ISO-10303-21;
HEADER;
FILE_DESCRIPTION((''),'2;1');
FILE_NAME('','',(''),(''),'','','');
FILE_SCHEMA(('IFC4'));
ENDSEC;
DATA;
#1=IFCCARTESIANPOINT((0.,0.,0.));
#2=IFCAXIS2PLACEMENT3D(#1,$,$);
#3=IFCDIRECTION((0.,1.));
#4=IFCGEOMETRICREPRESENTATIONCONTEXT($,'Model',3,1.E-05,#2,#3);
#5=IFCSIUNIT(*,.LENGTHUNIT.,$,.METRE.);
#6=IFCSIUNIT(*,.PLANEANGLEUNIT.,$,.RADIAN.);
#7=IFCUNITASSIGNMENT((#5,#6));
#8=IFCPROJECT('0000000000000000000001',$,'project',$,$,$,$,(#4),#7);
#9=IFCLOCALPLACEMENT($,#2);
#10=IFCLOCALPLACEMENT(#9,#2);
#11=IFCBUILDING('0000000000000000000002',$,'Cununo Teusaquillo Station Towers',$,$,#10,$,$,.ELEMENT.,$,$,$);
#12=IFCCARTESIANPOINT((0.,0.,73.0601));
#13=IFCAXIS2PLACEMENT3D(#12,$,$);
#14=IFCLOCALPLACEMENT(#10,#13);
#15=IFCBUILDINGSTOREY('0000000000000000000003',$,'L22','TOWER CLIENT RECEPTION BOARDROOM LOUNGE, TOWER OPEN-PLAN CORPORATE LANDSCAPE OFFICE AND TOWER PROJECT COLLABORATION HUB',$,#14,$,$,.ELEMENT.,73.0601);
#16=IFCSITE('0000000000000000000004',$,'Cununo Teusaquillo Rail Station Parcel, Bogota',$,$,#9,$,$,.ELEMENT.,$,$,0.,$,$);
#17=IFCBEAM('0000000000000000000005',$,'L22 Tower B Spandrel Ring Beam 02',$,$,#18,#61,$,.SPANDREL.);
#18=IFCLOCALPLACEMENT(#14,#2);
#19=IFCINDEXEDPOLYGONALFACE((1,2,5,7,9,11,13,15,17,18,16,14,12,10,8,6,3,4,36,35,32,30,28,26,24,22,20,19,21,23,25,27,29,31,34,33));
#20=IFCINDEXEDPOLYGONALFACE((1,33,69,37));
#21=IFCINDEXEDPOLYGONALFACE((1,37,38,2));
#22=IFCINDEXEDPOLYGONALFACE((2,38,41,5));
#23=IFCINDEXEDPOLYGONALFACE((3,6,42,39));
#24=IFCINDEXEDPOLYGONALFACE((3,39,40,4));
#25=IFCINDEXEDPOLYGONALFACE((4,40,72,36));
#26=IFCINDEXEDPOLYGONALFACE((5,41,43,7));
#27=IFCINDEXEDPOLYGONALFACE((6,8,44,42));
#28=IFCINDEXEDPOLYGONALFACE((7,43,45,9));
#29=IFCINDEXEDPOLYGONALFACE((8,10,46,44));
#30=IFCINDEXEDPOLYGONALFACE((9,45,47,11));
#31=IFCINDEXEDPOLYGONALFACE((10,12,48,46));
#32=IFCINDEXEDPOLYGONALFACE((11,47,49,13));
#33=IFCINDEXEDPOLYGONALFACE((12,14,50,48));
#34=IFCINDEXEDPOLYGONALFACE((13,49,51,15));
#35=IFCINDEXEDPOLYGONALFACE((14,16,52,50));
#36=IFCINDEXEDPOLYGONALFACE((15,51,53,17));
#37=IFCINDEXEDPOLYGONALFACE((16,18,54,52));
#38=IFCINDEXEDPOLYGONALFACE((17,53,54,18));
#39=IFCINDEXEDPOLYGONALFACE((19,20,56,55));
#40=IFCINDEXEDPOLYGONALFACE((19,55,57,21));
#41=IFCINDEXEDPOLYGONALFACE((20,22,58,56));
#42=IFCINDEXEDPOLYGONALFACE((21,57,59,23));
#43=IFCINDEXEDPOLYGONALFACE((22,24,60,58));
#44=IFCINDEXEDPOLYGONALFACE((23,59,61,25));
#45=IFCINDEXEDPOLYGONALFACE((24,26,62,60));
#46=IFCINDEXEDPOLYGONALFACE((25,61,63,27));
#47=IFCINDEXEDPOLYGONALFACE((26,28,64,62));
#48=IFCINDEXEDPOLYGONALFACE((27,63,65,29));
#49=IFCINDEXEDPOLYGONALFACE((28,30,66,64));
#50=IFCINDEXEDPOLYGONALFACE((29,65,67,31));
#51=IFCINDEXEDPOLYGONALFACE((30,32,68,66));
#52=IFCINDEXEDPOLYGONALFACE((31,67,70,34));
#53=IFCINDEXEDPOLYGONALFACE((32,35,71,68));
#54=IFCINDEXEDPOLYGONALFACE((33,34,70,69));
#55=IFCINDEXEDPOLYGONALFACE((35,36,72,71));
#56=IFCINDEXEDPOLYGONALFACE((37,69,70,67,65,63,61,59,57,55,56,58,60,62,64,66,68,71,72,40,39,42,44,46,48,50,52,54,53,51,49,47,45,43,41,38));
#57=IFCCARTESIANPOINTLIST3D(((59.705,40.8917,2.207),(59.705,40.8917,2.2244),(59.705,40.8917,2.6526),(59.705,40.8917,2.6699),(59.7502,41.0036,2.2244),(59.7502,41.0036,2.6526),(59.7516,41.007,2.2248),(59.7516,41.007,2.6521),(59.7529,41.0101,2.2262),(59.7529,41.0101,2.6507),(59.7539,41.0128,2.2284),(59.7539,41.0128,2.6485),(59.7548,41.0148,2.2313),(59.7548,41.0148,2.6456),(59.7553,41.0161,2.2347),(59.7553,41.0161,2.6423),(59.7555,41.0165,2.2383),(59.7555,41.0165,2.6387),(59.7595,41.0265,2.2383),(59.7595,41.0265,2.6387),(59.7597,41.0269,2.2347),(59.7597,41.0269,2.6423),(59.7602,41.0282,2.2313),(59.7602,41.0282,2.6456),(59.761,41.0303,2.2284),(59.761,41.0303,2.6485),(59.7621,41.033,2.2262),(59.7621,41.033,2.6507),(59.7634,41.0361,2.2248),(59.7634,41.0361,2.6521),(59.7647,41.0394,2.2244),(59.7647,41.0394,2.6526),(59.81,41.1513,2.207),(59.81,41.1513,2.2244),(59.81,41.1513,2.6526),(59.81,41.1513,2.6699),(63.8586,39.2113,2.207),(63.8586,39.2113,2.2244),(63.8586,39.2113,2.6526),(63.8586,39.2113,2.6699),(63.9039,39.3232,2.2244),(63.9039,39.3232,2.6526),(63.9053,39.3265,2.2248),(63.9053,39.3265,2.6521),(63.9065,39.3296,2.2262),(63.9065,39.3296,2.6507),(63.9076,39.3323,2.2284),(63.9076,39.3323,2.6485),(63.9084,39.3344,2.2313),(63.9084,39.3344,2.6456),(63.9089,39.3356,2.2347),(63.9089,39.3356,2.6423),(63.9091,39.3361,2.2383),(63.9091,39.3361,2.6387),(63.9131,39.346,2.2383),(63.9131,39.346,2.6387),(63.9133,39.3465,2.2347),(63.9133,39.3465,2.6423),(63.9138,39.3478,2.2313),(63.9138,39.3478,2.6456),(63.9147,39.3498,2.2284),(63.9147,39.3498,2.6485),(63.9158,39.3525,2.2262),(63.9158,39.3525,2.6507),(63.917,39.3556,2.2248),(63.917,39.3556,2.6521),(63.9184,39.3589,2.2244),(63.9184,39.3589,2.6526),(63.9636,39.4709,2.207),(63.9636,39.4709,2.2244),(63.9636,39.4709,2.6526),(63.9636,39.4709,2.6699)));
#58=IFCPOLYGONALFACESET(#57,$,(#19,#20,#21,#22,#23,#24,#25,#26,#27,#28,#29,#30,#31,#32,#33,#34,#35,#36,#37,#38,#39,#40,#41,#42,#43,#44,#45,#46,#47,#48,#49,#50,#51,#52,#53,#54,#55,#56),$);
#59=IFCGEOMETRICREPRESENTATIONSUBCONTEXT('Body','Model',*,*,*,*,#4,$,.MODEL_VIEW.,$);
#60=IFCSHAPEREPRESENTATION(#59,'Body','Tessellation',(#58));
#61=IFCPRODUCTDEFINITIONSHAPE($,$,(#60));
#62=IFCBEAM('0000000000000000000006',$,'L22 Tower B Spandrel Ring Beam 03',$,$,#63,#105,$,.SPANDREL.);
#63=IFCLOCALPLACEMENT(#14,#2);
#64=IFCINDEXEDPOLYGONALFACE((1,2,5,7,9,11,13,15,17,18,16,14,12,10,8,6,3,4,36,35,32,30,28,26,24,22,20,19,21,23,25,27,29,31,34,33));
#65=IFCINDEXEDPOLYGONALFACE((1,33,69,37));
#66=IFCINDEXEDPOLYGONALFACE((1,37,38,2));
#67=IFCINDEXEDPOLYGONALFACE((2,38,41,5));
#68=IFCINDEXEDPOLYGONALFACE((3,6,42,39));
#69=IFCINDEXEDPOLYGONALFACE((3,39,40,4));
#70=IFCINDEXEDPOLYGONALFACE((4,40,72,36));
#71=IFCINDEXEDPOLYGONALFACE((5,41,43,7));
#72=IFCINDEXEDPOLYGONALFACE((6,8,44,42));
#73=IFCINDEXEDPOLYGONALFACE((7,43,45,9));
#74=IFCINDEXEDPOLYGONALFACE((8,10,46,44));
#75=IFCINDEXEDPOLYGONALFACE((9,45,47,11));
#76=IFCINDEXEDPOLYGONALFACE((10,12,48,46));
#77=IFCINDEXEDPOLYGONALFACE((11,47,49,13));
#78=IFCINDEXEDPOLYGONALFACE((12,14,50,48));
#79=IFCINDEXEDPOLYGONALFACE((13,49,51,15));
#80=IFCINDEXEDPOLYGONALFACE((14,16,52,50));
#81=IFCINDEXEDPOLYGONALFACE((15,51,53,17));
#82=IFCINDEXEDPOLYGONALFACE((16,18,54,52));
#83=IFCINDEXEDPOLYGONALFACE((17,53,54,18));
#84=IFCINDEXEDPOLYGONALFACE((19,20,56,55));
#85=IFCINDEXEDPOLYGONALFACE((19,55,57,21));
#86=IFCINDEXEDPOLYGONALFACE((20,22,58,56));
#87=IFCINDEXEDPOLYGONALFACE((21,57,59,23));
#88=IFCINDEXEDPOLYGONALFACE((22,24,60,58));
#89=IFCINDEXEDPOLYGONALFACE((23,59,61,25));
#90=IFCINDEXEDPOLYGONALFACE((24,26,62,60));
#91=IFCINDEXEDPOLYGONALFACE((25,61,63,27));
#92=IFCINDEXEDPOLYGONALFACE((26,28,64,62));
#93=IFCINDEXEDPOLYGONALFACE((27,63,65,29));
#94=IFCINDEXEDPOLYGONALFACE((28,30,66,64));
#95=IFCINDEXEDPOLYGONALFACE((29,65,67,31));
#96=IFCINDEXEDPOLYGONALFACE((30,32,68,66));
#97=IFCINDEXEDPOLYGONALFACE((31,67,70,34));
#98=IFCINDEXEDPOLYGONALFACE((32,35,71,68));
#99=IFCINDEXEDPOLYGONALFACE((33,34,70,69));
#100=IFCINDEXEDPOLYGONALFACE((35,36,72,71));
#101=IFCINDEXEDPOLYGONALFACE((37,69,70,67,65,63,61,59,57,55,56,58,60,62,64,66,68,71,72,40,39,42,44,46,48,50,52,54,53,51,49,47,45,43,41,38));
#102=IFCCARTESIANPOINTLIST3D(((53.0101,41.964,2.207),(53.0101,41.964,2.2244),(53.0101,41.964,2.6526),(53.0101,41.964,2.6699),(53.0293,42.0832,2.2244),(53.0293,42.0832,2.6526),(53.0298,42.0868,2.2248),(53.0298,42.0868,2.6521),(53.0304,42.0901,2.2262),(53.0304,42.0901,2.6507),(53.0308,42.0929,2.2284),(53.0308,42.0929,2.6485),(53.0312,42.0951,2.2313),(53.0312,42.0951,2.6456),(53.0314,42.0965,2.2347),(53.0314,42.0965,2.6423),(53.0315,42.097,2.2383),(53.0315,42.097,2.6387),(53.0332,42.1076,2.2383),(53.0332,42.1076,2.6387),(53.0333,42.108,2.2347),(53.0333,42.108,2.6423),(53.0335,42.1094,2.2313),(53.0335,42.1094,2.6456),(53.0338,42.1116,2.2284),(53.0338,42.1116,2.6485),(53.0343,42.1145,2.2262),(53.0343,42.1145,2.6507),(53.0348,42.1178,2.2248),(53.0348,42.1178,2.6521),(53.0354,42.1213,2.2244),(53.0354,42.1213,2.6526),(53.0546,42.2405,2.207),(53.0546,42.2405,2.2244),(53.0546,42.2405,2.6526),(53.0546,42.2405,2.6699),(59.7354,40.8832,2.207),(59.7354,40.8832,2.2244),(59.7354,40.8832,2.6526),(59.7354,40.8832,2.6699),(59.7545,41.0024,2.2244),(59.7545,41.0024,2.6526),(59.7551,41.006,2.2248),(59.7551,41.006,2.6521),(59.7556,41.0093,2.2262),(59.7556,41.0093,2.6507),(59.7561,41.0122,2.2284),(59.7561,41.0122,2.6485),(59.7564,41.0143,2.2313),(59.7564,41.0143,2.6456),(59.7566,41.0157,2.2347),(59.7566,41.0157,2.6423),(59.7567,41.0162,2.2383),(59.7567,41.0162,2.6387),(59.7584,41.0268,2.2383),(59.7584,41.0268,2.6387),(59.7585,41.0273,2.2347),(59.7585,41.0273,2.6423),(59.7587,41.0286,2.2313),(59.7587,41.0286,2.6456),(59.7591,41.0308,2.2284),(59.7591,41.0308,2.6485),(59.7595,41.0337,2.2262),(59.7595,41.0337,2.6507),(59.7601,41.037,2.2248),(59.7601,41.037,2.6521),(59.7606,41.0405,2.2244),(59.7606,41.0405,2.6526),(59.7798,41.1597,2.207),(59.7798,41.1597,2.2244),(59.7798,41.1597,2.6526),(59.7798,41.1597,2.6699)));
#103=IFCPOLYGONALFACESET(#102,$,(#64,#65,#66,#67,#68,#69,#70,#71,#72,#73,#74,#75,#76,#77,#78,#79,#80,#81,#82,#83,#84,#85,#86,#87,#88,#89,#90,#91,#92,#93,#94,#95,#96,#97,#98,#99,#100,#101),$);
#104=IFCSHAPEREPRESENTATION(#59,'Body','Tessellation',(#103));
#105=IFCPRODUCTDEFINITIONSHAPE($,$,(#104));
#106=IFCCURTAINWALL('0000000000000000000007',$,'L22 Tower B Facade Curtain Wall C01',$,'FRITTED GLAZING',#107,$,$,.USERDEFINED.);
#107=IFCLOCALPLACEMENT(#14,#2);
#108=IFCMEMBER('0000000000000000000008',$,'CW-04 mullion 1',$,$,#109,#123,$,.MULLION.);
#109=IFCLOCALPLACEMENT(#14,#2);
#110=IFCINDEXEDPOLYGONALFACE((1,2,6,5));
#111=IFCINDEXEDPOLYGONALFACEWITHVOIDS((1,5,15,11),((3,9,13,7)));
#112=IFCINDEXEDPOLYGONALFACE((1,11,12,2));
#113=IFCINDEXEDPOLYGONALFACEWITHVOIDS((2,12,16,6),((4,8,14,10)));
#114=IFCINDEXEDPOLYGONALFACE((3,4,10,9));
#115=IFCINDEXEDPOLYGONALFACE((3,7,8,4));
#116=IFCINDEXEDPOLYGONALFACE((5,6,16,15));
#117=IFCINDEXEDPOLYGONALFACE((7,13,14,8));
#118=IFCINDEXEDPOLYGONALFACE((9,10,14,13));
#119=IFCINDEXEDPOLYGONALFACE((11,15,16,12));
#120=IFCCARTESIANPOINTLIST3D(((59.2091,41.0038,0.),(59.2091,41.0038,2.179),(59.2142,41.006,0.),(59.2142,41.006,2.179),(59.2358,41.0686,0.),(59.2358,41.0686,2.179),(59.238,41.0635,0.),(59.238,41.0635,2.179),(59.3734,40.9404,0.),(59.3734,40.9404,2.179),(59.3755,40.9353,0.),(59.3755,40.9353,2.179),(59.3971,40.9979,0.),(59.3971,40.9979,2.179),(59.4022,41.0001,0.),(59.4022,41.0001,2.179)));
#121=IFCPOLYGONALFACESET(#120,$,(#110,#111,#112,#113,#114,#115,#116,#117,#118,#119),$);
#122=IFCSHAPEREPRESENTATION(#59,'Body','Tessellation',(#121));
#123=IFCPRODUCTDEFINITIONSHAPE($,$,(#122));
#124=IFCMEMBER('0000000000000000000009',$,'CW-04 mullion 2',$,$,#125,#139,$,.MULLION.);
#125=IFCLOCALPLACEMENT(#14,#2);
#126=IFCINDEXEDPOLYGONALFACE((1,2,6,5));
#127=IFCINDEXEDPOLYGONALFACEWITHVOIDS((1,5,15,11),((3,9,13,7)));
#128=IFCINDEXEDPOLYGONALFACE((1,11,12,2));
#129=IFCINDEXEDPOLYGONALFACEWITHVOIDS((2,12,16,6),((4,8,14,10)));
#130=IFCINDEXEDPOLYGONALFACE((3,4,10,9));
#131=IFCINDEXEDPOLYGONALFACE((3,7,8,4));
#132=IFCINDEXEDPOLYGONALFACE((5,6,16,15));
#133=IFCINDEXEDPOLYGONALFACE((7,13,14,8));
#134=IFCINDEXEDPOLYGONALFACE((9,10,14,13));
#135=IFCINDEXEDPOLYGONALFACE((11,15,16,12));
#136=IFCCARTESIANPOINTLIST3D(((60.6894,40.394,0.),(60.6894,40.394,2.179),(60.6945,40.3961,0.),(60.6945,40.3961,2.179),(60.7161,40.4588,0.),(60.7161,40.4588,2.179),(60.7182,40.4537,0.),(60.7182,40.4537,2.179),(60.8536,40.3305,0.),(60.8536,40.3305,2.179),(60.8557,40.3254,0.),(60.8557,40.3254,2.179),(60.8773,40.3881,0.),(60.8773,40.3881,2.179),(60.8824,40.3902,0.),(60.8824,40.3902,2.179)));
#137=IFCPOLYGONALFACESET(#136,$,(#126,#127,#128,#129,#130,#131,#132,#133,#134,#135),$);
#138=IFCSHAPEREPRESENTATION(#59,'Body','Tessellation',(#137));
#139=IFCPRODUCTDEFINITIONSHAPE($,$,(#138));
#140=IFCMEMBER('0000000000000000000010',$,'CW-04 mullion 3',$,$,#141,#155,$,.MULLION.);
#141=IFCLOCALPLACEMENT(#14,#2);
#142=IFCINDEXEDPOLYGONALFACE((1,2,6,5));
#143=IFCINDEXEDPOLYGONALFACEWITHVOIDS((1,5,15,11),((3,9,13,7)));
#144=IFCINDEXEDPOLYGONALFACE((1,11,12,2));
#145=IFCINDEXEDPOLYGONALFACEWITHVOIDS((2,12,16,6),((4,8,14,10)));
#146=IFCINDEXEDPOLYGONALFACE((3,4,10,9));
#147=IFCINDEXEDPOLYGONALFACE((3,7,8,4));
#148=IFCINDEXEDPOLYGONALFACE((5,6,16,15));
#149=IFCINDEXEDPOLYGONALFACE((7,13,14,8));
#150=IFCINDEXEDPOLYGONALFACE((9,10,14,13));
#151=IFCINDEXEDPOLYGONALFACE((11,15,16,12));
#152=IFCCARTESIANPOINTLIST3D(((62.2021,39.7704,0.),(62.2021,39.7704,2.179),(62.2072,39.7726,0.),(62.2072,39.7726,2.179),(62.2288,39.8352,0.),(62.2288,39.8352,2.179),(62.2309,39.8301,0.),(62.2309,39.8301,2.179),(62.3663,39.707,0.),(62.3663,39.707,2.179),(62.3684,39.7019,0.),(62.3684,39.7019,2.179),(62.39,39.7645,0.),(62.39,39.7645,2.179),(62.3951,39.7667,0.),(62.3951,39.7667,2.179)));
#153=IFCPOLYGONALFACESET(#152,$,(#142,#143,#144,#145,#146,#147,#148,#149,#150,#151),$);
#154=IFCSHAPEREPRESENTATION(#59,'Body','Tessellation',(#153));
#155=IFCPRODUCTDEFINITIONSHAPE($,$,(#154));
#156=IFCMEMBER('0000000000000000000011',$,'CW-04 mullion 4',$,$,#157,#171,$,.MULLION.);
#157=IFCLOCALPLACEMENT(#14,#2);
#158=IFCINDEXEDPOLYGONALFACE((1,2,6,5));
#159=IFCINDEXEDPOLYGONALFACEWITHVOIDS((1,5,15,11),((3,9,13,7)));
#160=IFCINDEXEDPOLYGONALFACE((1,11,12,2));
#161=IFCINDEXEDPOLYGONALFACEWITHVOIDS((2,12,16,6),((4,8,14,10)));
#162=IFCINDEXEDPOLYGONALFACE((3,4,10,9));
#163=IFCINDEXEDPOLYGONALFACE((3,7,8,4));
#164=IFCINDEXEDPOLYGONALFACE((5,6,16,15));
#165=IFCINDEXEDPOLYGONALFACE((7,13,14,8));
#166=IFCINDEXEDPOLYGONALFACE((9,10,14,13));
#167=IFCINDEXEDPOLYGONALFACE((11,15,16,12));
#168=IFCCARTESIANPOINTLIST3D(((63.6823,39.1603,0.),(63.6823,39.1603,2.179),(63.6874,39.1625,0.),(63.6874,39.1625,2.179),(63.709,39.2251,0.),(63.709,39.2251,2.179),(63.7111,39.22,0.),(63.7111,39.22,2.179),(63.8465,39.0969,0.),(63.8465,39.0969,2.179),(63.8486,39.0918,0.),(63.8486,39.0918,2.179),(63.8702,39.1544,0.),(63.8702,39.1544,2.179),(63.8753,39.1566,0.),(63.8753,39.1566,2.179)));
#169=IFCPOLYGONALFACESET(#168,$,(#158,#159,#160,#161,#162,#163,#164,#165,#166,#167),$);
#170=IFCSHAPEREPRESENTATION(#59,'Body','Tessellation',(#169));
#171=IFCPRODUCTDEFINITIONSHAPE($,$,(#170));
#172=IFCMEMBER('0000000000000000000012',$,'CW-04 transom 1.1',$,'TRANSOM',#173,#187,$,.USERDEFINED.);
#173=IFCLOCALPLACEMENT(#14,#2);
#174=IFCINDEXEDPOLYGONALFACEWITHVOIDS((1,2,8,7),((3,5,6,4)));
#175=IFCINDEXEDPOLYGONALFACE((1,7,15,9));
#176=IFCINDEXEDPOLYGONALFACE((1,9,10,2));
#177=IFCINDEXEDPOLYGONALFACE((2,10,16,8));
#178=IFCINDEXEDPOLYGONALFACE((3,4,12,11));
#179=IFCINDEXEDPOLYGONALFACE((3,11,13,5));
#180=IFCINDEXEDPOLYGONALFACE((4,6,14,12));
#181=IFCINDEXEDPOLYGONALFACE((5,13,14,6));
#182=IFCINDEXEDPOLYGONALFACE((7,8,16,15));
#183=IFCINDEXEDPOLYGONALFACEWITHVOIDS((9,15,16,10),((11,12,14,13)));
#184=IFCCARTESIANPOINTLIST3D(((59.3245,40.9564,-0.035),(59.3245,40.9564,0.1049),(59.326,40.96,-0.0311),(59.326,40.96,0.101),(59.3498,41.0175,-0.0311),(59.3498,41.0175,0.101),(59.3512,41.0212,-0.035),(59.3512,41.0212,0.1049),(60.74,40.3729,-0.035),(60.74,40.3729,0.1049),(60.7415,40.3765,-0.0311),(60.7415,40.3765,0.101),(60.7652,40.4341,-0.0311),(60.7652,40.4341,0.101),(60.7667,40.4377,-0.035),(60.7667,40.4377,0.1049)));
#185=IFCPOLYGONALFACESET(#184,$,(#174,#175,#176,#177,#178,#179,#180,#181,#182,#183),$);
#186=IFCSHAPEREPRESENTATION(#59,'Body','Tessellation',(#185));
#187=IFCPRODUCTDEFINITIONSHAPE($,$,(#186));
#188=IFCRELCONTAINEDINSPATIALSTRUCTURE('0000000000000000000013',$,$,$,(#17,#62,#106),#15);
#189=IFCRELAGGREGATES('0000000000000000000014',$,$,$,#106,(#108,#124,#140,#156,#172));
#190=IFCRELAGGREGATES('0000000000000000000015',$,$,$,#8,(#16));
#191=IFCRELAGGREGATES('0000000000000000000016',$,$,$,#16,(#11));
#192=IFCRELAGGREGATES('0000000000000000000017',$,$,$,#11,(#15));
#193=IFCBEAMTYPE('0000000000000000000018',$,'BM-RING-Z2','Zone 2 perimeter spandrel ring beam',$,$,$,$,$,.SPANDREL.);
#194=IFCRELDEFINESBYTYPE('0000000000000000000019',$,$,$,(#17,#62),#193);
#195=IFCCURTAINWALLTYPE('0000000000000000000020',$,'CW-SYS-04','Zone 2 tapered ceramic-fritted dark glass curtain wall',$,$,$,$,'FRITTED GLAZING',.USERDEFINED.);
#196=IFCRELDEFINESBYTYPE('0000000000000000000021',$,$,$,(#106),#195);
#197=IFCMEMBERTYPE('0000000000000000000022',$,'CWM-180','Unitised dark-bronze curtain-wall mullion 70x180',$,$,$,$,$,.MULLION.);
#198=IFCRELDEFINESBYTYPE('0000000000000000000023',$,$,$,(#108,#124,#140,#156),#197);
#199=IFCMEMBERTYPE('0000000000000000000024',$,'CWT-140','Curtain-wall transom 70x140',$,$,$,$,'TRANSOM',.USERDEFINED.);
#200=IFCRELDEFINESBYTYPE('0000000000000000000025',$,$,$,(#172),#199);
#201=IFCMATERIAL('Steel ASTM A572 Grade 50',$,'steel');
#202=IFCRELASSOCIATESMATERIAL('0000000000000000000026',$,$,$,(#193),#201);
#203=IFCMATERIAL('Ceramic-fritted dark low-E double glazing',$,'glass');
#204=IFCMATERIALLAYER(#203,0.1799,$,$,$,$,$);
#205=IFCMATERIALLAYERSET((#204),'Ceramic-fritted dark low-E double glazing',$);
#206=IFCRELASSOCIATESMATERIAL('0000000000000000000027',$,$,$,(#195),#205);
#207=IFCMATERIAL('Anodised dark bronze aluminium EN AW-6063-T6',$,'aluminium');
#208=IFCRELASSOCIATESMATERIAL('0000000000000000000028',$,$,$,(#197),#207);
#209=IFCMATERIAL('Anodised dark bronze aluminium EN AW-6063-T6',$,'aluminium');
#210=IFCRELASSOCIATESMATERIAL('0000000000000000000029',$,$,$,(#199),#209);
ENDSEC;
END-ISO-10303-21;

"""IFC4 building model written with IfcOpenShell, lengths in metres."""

from ifc_helpers import new_model, si_unit, direction, frame, origin, origin_2d, place, context, subcontext, project, spatial, hollow_rectangle, i_section, extrude, material, layer, layer_set, material_profile, profile_set, type_object, element, aggregate, save


model = new_model("IFC4")

# Units and contexts
model_context = context("Model", 3, precision=1e-05, world=origin(), true_north=direction((0.0, 1.0)))
body_context = subcontext(model_context, "Body", "Model", "MODEL_VIEW")
ifc_project = project(units=[si_unit("LENGTHUNIT", "METRE"), si_unit("PLANEANGLEUNIT", "RADIAN")], contexts=[model_context])

# Site, building, storey
site_placement = place(None, origin())
site = spatial("IfcSite", under=ifc_project, at=site_placement, Name="Cununo Teusaquillo Rail Station Parcel, Bogota", CompositionType="ELEMENT", RefElevation=0.0)
building_placement = place(site_placement, origin())
building = spatial("IfcBuilding", under=site, at=building_placement, Name="Cununo Teusaquillo Station Towers", CompositionType="ELEMENT")
storey_placement = place(building_placement, frame((0.0, 0.0, 73.0601)))
storey = spatial("IfcBuildingStorey", under=building, at=storey_placement, Name="L22", Description="TOWER CLIENT RECEPTION BOARDROOM LOUNGE, TOWER OPEN-PLAN CORPORATE LANDSCAPE OFFICE AND TOWER PROJECT COLLABORATION HUB", CompositionType="ELEMENT", Elevation=73.0601)

# Beams
ifc_material_1 = material(Name="Steel ASTM A572 Grade 50", Category="steel")
ifc_material_profile_1 = material_profile(ifc_material_1, i_section(OverallWidth=0.28, OverallDepth=0.4629, WebThickness=0.0107, FlangeThickness=0.0173, FilletRadius=0.0139, at=origin_2d()), Name="W18X76")
ifc_profile_set_1 = profile_set([ifc_material_profile_1], Name="Steel ASTM A572 Grade 50")
beam_type = type_object("IfcBeamType", Name="BM-RING-Z2", Description="Zone 2 perimeter spandrel ring beam", PredefinedType="SPANDREL", material=ifc_profile_set_1)
beam_1_placement = place(storey_placement, frame((63.9111, 39.3411, 2.4385), z_axis=(-0.927008, 0.375042, 0.0), x_axis=(-0.375042, -0.927008, 0.0)))
element("IfcBeam", 1, at=beam_1_placement, inside=storey, type_object=beam_type, Name="L22 Tower B Spandrel Ring Beam 02", PredefinedType="SPANDREL", context=body_context, shape_type="SweptSolid", body=[
    extrude(i_section(OverallWidth=0.28, OverallDepth=0.4629, WebThickness=0.0107, FlangeThickness=0.0173, FilletRadius=0.0139, at=origin_2d()), origin(), (0.0, 0.0, 1.0), 4.4807),
])
beam_2_placement = place(storey_placement, frame((59.7576, 41.0215, 2.4385), z_axis=(-0.987331, 0.158671, 0.0), x_axis=(-0.158671, -0.987331, 0.0)))
element("IfcBeam", 2, at=beam_2_placement, inside=storey, type_object=beam_type, Name="L22 Tower B Spandrel Ring Beam 03", PredefinedType="SPANDREL", context=body_context, shape_type="SweptSolid", body=[
    extrude(i_section(OverallWidth=0.28, OverallDepth=0.4629, WebThickness=0.0107, FlangeThickness=0.0173, FilletRadius=0.0139, at=origin_2d()), origin(), (0.0, 0.0, 1.0), 6.8115),
])

# Curtain wall, members
ifc_material_2 = material(Name="Ceramic-fritted dark low-E double glazing", Category="glass")
ifc_layer_1 = layer(ifc_material_2, 0.1799)
ifc_layer_set_1 = layer_set([ifc_layer_1], Name="Ceramic-fritted dark low-E double glazing")
curtain_wall_type = type_object("IfcCurtainWallType", Name="CW-SYS-04", Description="Zone 2 tapered ceramic-fritted dark glass curtain wall", ElementType="FRITTED GLAZING", PredefinedType="USERDEFINED", material=ifc_layer_set_1)
curtain_wall_placement = place(storey_placement, origin())
curtain_wall = element("IfcCurtainWall", 3, at=curtain_wall_placement, inside=storey, type_object=curtain_wall_type, Name="L22 Tower B Facade Curtain Wall C01", ObjectType="FRITTED GLAZING", PredefinedType="USERDEFINED")
ifc_material_3 = material(Name="Anodised dark bronze aluminium EN AW-6063-T6", Category="aluminium")
ifc_material_profile_2 = material_profile(ifc_material_3, hollow_rectangle(XDim=0.0701, YDim=0.1799, WallThickness=0.0039, at=origin_2d()), Name="CW-MULL-70x180")
ifc_profile_set_2 = profile_set([ifc_material_profile_2], Name="Anodised dark bronze aluminium EN AW-6063-T6")
member_type_1 = type_object("IfcMemberType", Name="CWM-180", Description="Unitised dark-bronze curtain-wall mullion 70x180", PredefinedType="MULLION", material=ifc_profile_set_2)
member_1_placement = place(storey_placement, frame((59.3057, 41.002, 0.0), z_axis=(0.0, 0.0, 1.0), x_axis=(0.381031, 0.924562, 0.0)))
member_1 = element("IfcMember", 4, at=member_1_placement, type_object=member_type_1, Name="CW-04 mullion 1", PredefinedType="MULLION", context=body_context, shape_type="SweptSolid", body=[
    extrude(hollow_rectangle(XDim=0.0701, YDim=0.1799, WallThickness=0.0039, at=origin_2d()), origin(), (0.0, 0.0, 1.0), 2.179),
])
member_2_placement = place(storey_placement, frame((60.7859, 40.3921, 0.0), z_axis=(0.0, 0.0, 1.0), x_axis=(0.381031, 0.924562, 0.0)))
member_2 = element("IfcMember", 5, at=member_2_placement, type_object=member_type_1, Name="CW-04 mullion 2", PredefinedType="MULLION", context=body_context, shape_type="SweptSolid", body=[
    extrude(hollow_rectangle(XDim=0.0701, YDim=0.1799, WallThickness=0.0039, at=origin_2d()), origin(), (0.0, 0.0, 1.0), 2.179),
])
member_3_placement = place(storey_placement, frame((62.2986, 39.7686, 0.0), z_axis=(0.0, 0.0, 1.0), x_axis=(0.381031, 0.924562, 0.0)))
member_3 = element("IfcMember", 6, at=member_3_placement, type_object=member_type_1, Name="CW-04 mullion 3", PredefinedType="MULLION", context=body_context, shape_type="SweptSolid", body=[
    extrude(hollow_rectangle(XDim=0.0701, YDim=0.1799, WallThickness=0.0039, at=origin_2d()), origin(), (0.0, 0.0, 1.0), 2.179),
])
member_4_placement = place(storey_placement, frame((63.7788, 39.1584, 0.0), z_axis=(0.0, 0.0, 1.0), x_axis=(0.381031, 0.924562, 0.0)))
member_4 = element("IfcMember", 7, at=member_4_placement, type_object=member_type_1, Name="CW-04 mullion 4", PredefinedType="MULLION", context=body_context, shape_type="SweptSolid", body=[
    extrude(hollow_rectangle(XDim=0.0701, YDim=0.1799, WallThickness=0.0039, at=origin_2d()), origin(), (0.0, 0.0, 1.0), 2.179),
])
ifc_material_4 = material(Name="Anodised dark bronze aluminium EN AW-6063-T6", Category="aluminium")
ifc_material_profile_3 = material_profile(ifc_material_4, hollow_rectangle(XDim=0.0701, YDim=0.1399, WallThickness=0.0039, at=origin_2d()), Name="CW-TRAN-70x140")
ifc_profile_set_3 = profile_set([ifc_material_profile_3], Name="Anodised dark bronze aluminium EN AW-6063-T6")
member_type_2 = type_object("IfcMemberType", Name="CWT-140", Description="Curtain-wall transom 70x140", ElementType="TRANSOM", PredefinedType="USERDEFINED", material=ifc_profile_set_3)
member_5_placement = place(storey_placement, frame((59.3379, 40.9888, 0.0349), z_axis=(0.924533, -0.381103, 0.0), x_axis=(0.381103, 0.924533, 0.0)))
member_5 = element("IfcMember", 8, at=member_5_placement, type_object=member_type_2, Name="CW-04 transom 1.1", ObjectType="TRANSOM", PredefinedType="USERDEFINED", context=body_context, shape_type="SweptSolid", body=[
    extrude(hollow_rectangle(XDim=0.0701, YDim=0.1399, WallThickness=0.0039, at=origin_2d()), origin(), (0.0, 0.0, 1.0), 1.531),
])

aggregate(curtain_wall, [member_1, member_2, member_3, member_4, member_5])

save(model, "model.ifc")
